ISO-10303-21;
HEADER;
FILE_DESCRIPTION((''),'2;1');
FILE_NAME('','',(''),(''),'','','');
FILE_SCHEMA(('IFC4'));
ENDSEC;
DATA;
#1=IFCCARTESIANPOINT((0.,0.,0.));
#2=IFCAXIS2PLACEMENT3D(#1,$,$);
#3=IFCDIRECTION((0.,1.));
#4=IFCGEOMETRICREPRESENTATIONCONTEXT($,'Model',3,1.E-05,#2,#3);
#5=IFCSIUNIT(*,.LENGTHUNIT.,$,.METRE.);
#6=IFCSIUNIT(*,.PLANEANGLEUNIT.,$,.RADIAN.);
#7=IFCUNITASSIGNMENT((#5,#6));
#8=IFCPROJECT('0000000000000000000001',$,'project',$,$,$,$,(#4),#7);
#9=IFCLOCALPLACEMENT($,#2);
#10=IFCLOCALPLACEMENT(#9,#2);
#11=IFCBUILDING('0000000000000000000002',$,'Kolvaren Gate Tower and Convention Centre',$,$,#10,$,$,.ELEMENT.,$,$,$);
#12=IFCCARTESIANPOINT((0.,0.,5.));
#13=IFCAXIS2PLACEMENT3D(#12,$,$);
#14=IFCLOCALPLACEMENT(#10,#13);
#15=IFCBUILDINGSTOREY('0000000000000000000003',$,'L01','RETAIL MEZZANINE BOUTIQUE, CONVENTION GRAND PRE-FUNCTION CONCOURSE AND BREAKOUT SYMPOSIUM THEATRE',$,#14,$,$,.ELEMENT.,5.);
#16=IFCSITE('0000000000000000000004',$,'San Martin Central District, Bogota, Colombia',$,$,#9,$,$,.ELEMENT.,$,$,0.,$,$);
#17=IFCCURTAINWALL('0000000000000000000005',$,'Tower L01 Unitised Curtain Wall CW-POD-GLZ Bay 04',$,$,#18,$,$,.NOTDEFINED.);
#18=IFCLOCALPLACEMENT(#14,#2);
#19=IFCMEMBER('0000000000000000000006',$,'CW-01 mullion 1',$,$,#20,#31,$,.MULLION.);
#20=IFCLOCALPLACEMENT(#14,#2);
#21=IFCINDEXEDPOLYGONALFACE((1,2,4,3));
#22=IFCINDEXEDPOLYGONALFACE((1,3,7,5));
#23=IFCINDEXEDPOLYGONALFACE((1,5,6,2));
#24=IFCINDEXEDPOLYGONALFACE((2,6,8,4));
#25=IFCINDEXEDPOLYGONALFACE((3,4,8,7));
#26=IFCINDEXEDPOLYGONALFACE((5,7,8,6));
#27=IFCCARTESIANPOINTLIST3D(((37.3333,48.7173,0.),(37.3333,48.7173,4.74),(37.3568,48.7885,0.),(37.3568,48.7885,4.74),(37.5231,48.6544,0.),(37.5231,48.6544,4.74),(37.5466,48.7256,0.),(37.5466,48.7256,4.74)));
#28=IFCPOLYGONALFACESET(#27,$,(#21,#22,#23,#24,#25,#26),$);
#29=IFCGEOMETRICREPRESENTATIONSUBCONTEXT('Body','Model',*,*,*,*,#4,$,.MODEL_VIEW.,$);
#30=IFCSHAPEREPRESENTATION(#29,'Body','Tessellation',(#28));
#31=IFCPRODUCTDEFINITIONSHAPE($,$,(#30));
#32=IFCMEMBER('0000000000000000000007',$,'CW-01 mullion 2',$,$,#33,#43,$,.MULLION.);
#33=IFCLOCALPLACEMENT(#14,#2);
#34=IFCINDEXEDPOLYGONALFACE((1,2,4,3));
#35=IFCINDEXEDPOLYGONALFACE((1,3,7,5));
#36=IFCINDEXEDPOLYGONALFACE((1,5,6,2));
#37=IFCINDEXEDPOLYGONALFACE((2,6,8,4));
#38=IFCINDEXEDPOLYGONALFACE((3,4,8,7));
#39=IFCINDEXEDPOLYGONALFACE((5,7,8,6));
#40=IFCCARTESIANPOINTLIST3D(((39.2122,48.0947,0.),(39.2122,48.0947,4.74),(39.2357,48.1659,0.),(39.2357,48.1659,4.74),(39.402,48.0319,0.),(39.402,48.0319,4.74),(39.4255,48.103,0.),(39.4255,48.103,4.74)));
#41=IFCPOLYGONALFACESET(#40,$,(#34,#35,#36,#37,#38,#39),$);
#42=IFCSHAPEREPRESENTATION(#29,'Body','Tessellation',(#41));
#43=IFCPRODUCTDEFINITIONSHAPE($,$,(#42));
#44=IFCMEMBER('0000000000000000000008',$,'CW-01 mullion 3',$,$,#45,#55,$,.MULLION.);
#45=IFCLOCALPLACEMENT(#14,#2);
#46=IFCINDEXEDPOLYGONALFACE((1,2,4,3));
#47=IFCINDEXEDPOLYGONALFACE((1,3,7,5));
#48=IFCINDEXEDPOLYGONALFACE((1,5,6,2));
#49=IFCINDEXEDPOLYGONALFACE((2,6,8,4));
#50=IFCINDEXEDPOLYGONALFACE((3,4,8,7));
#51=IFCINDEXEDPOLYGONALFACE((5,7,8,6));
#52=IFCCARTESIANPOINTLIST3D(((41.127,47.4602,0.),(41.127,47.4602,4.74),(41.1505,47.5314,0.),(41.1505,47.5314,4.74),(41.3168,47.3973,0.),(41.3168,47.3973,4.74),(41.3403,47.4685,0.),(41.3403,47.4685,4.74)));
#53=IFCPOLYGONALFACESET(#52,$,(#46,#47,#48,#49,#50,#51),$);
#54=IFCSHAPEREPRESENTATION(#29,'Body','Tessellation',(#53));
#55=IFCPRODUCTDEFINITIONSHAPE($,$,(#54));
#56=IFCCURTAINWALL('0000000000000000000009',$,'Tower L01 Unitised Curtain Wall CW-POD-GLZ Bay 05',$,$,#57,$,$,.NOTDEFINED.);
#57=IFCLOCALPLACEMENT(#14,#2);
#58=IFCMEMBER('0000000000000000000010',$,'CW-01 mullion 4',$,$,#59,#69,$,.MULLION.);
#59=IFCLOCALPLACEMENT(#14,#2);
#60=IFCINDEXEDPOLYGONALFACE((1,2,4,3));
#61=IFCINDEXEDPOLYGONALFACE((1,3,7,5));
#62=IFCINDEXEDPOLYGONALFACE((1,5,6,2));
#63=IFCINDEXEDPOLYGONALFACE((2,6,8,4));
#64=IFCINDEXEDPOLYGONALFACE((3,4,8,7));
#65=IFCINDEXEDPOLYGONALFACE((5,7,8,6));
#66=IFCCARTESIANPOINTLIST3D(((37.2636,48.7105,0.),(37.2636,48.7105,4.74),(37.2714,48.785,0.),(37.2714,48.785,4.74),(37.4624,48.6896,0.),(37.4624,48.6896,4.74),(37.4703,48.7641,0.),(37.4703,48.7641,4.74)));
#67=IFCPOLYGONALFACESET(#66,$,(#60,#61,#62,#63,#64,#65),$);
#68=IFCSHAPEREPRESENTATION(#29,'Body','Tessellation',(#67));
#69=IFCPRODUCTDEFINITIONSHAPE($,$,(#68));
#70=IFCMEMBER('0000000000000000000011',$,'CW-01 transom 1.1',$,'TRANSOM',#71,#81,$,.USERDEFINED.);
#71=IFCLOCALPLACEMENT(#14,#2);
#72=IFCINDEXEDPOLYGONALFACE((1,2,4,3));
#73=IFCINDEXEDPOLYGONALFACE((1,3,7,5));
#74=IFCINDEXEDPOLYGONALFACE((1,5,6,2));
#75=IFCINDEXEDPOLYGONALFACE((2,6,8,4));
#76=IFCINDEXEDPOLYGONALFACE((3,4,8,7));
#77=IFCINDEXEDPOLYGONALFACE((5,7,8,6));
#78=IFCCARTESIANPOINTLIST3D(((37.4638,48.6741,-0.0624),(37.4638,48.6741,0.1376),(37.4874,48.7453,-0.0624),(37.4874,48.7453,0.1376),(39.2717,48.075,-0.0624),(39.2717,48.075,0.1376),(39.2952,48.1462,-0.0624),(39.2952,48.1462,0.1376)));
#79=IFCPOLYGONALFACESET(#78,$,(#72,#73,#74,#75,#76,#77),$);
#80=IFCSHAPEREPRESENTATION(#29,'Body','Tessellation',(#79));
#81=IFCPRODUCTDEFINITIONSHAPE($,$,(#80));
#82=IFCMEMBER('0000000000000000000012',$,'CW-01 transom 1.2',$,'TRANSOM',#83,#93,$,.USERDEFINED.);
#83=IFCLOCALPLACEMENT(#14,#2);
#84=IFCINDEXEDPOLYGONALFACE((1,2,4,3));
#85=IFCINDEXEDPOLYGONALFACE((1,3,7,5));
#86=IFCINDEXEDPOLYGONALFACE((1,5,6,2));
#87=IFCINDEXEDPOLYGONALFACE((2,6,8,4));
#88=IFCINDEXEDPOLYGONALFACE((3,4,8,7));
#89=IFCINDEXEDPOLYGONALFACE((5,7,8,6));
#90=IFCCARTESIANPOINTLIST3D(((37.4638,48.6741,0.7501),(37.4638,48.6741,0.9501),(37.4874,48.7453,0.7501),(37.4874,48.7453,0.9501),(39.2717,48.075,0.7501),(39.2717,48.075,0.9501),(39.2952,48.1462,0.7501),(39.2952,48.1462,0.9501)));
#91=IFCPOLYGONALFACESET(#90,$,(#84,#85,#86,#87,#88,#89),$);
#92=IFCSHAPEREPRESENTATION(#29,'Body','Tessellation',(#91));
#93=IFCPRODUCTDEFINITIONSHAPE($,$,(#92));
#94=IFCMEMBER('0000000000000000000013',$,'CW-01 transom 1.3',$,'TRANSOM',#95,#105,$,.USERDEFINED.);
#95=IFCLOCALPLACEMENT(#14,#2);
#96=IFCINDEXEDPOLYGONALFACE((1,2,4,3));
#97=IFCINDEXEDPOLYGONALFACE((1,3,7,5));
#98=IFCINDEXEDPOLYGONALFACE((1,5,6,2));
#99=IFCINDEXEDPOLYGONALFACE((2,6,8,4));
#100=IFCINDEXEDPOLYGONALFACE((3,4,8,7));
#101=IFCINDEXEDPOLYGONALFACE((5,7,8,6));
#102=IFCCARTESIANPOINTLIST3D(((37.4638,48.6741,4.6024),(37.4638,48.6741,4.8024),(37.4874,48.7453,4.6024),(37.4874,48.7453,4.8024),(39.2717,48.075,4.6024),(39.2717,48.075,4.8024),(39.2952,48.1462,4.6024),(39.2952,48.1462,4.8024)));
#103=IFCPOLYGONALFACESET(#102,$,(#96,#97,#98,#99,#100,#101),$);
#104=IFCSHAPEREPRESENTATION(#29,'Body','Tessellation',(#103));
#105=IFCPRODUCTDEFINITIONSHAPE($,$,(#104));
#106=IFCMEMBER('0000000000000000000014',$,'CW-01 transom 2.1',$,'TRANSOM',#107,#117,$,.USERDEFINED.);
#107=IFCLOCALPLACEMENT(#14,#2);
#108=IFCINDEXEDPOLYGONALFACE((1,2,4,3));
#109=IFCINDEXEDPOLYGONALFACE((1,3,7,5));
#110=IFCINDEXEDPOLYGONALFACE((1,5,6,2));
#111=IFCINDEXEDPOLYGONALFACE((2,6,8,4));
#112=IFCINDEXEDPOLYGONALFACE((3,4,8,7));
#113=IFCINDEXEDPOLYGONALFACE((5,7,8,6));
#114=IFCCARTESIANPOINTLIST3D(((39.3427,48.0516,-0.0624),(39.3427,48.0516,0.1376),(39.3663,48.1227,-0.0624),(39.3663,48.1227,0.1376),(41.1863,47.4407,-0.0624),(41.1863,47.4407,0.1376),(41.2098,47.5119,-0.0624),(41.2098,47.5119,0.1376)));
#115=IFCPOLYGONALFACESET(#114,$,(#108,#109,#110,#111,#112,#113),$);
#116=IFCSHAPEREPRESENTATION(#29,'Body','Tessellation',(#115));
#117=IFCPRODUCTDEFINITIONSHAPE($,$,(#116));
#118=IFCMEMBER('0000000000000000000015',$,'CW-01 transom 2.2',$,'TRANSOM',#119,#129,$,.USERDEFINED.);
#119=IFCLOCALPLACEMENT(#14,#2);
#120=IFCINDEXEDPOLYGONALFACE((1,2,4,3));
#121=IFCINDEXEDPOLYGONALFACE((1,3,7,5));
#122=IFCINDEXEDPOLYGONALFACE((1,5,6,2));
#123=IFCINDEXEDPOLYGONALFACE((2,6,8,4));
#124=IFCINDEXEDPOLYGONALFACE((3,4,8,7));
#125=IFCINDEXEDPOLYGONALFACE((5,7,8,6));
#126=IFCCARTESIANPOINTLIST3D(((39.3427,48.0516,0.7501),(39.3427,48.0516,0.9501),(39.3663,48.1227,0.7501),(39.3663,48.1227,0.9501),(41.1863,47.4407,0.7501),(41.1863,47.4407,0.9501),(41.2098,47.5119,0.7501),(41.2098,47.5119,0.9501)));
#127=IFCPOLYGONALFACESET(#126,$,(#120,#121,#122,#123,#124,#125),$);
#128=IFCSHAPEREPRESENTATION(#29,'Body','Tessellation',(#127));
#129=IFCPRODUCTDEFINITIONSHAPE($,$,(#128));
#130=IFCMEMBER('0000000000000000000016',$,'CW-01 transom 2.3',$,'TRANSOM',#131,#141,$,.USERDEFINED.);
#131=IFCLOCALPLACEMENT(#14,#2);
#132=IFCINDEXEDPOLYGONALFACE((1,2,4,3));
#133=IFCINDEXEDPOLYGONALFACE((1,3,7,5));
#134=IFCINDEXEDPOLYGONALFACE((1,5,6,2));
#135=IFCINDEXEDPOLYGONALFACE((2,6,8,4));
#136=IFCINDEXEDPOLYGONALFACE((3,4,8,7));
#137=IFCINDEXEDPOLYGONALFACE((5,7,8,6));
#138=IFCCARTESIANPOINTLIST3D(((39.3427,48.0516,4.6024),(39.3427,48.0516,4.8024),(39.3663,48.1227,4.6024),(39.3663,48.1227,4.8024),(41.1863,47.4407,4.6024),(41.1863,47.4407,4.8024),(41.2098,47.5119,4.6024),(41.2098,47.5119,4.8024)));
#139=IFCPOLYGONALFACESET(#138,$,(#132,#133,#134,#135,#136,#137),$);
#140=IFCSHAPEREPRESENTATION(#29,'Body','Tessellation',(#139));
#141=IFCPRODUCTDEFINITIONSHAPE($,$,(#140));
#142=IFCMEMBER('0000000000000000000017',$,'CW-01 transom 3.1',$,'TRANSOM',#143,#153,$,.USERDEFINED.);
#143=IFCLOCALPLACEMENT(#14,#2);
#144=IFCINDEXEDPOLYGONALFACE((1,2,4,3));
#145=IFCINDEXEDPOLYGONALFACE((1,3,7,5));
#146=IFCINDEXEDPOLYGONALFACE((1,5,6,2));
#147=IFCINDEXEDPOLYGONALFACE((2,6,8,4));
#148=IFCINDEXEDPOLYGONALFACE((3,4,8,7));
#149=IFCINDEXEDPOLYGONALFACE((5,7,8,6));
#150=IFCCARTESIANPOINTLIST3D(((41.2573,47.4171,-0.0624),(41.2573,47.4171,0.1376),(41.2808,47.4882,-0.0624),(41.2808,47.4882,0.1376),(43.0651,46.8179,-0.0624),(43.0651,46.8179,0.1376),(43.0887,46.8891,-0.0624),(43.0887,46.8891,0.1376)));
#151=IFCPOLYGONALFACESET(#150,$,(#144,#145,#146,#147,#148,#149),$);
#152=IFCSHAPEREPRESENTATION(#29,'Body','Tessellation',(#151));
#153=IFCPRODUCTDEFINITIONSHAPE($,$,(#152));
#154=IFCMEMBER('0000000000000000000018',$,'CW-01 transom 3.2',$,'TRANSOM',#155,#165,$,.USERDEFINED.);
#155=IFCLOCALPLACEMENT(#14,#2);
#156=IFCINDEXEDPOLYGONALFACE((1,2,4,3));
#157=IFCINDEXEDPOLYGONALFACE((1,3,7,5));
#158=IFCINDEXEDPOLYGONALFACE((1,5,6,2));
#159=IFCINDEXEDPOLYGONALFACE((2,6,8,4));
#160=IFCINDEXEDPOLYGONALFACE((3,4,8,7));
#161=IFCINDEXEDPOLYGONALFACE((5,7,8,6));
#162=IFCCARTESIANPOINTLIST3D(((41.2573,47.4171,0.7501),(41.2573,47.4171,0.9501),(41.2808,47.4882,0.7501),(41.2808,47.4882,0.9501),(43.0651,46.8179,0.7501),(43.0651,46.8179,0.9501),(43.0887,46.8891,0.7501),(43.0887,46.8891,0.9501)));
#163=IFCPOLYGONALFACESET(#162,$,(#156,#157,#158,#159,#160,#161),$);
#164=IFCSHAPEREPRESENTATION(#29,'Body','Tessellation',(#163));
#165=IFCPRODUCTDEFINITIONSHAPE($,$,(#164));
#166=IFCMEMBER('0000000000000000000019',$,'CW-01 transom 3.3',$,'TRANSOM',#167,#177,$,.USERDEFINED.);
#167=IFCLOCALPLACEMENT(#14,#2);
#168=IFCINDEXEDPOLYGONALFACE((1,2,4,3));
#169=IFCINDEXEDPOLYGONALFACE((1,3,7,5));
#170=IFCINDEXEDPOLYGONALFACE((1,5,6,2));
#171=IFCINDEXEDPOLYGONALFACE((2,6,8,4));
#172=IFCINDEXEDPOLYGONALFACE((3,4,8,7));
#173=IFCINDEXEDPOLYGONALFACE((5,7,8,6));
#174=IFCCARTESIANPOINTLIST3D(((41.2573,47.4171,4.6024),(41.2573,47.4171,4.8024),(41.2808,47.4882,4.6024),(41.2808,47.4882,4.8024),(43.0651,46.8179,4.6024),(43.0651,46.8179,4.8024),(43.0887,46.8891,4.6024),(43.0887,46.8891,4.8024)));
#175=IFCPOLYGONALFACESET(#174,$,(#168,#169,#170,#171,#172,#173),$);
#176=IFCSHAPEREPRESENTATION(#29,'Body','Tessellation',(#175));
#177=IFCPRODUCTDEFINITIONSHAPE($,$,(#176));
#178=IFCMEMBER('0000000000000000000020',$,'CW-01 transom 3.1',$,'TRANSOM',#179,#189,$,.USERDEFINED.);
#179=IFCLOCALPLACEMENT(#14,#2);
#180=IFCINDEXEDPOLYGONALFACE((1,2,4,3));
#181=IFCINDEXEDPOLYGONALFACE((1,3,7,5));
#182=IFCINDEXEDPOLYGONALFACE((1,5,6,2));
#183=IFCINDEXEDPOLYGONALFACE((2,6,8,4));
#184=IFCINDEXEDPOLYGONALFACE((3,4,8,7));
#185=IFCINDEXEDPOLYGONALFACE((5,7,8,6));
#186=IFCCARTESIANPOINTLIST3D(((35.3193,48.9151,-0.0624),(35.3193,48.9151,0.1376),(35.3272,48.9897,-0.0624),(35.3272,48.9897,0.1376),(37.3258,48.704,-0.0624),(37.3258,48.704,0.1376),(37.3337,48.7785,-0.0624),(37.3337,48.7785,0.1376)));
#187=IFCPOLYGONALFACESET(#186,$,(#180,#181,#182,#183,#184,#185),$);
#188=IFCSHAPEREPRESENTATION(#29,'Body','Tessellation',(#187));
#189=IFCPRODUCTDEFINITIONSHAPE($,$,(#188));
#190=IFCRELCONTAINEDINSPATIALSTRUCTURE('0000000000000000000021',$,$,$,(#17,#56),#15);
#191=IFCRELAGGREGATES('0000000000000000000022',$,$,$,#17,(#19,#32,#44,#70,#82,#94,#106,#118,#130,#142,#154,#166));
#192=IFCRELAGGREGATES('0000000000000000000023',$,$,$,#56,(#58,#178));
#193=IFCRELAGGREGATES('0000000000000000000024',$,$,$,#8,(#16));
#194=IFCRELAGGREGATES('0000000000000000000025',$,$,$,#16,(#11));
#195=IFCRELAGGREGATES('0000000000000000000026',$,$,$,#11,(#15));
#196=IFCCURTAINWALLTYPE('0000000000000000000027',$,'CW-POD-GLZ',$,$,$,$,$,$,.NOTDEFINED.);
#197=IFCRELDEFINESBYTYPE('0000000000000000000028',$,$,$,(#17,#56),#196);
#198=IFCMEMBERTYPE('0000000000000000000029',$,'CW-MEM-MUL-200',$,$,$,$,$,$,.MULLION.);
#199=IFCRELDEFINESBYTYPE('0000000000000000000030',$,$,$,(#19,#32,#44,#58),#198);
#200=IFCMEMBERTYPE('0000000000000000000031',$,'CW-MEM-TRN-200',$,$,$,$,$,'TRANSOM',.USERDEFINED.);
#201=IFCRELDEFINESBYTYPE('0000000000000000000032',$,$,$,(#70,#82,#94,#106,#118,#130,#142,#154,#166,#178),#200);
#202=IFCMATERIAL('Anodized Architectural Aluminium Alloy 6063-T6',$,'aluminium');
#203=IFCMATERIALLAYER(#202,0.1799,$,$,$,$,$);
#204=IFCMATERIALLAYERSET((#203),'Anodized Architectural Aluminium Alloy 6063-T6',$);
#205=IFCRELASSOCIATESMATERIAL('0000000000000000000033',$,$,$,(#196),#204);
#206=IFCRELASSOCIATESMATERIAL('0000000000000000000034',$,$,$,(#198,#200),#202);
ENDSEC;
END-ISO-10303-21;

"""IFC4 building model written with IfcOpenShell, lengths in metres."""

from ifc_helpers import new_model, si_unit, direction, frame, origin, origin_2d, place, context, subcontext, project, spatial, rectangle, extrude, material, layer, layer_set, material_profile, profile_set, type_object, element, aggregate, save


model = new_model("IFC4")

# Units and contexts
model_context = context("Model", 3, precision=1e-05, world=origin(), true_north=direction((0.0, 1.0)))
body_context = subcontext(model_context, "Body", "Model", "MODEL_VIEW")
ifc_project = project(units=[si_unit("LENGTHUNIT", "METRE"), si_unit("PLANEANGLEUNIT", "RADIAN")], contexts=[model_context])

# Site, building, storey
site_placement = place(None, origin())
site = spatial("IfcSite", under=ifc_project, at=site_placement, Name="San Martin Central District, Bogota, Colombia", CompositionType="ELEMENT", RefElevation=0.0)
building_placement = place(site_placement, origin())
building = spatial("IfcBuilding", under=site, at=building_placement, Name="Kolvaren Gate Tower and Convention Centre", CompositionType="ELEMENT")
storey_placement = place(building_placement, frame((0.0, 0.0, 5.0)))
storey = spatial("IfcBuildingStorey", under=building, at=storey_placement, Name="L01", Description="RETAIL MEZZANINE BOUTIQUE, CONVENTION GRAND PRE-FUNCTION CONCOURSE AND BREAKOUT SYMPOSIUM THEATRE", CompositionType="ELEMENT", Elevation=5.0)

# Curtain wall, members
ifc_material_1 = material(Name="Anodized Architectural Aluminium Alloy 6063-T6", Category="aluminium")
ifc_layer_1 = layer(ifc_material_1, 0.1799)
ifc_layer_set_1 = layer_set([ifc_layer_1], Name="Anodized Architectural Aluminium Alloy 6063-T6")
curtain_wall_type = type_object("IfcCurtainWallType", Name="CW-POD-GLZ", PredefinedType="NOTDEFINED", material=ifc_layer_set_1)
curtain_wall_1_placement = place(storey_placement, origin())
curtain_wall_1 = element("IfcCurtainWall", 1, at=curtain_wall_1_placement, inside=storey, type_object=curtain_wall_type, Name="Tower L01 Unitised Curtain Wall CW-POD-GLZ Bay 04", PredefinedType="NOTDEFINED")
ifc_material_profile_1 = material_profile(ifc_material_1, rectangle(XDim=0.075, YDim=0.2, at=origin_2d()), Name="CW-MEM-MUL-200")
ifc_profile_set_1 = profile_set([ifc_material_profile_1], Name="Anodized Architectural Aluminium Alloy 6063-T6")
member_type_1 = type_object("IfcMemberType", Name="CW-MEM-MUL-200", PredefinedType="MULLION", material=ifc_profile_set_1)
member_1_placement = place(storey_placement, frame((37.4399, 48.7214, 0.0), z_axis=(0.0, 0.0, 1.0), x_axis=(0.314542, 0.949244, 0.0)))
member_1 = element("IfcMember", 2, at=member_1_placement, type_object=member_type_1, Name="CW-01 mullion 1", PredefinedType="MULLION", context=body_context, shape_type="SweptSolid", body=[
    extrude(rectangle(XDim=0.075, YDim=0.2, at=origin_2d()), origin(), (0.0, 0.0, 1.0), 4.74),
])
member_2_placement = place(storey_placement, frame((39.3188, 48.0989, 0.0), z_axis=(0.0, 0.0, 1.0), x_axis=(0.314542, 0.949244, 0.0)))
member_2 = element("IfcMember", 3, at=member_2_placement, type_object=member_type_1, Name="CW-01 mullion 2", PredefinedType="MULLION", context=body_context, shape_type="SweptSolid", body=[
    extrude(rectangle(XDim=0.075, YDim=0.2, at=origin_2d()), origin(), (0.0, 0.0, 1.0), 4.74),
])
member_3_placement = place(storey_placement, frame((41.2336, 47.4644, 0.0), z_axis=(0.0, 0.0, 1.0), x_axis=(0.314542, 0.949244, 0.0)))
member_3 = element("IfcMember", 4, at=member_3_placement, type_object=member_type_1, Name="CW-01 mullion 3", PredefinedType="MULLION", context=body_context, shape_type="SweptSolid", body=[
    extrude(rectangle(XDim=0.075, YDim=0.2, at=origin_2d()), origin(), (0.0, 0.0, 1.0), 4.74),
])

# Curtain wall, member
curtain_wall_2_placement = place(storey_placement, origin())
curtain_wall_2 = element("IfcCurtainWall", 5, at=curtain_wall_2_placement, inside=storey, type_object=curtain_wall_type, Name="Tower L01 Unitised Curtain Wall CW-POD-GLZ Bay 05", PredefinedType="NOTDEFINED")
member_4_placement = place(storey_placement, frame((37.3669, 48.7373, 0.0), z_axis=(0.0, 0.0, 1.0), x_axis=(0.104748, 0.994499, 0.0)))
member_4 = element("IfcMember", 6, at=member_4_placement, type_object=member_type_1, Name="CW-01 mullion 4", PredefinedType="MULLION", context=body_context, shape_type="SweptSolid", body=[
    extrude(rectangle(XDim=0.075, YDim=0.2, at=origin_2d()), origin(), (0.0, 0.0, 1.0), 4.74),
])

# Members
ifc_material_profile_2 = material_profile(ifc_material_1, rectangle(XDim=0.075, YDim=0.2, at=origin_2d()), Name="CW-MEM-TRN-200")
ifc_profile_set_2 = profile_set([ifc_material_profile_2], Name="Anodized Architectural Aluminium Alloy 6063-T6")
member_type_2 = type_object("IfcMemberType", Name="CW-MEM-TRN-200", ElementType="TRANSOM", PredefinedType="USERDEFINED", material=ifc_profile_set_2)
member_5_placement = place(storey_placement, frame((37.4756, 48.7097, 0.0376), z_axis=(0.949233, -0.314574, 0.0), x_axis=(0.314574, 0.949233, 0.0)))
member_5 = element("IfcMember", 7, at=member_5_placement, type_object=member_type_2, Name="CW-01 transom 1.1", ObjectType="TRANSOM", PredefinedType="USERDEFINED", context=body_context, shape_type="SweptSolid", body=[
    extrude(rectangle(XDim=0.075, YDim=0.2, at=origin_2d()), origin(), (0.0, 0.0, 1.0), 1.9045),
])
member_6_placement = place(storey_placement, frame((37.4756, 48.7097, 0.8501), z_axis=(0.949233, -0.314574, 0.0), x_axis=(0.314574, 0.949233, 0.0)))
member_6 = element("IfcMember", 8, at=member_6_placement, type_object=member_type_2, Name="CW-01 transom 1.2", ObjectType="TRANSOM", PredefinedType="USERDEFINED", context=body_context, shape_type="SweptSolid", body=[
    extrude(rectangle(XDim=0.075, YDim=0.2, at=origin_2d()), origin(), (0.0, 0.0, 1.0), 1.9045),
])
member_7_placement = place(storey_placement, frame((37.4756, 48.7097, 4.7024), z_axis=(0.949233, -0.314574, 0.0), x_axis=(0.314574, 0.949233, 0.0)))
member_7 = element("IfcMember", 9, at=member_7_placement, type_object=member_type_2, Name="CW-01 transom 1.3", ObjectType="TRANSOM", PredefinedType="USERDEFINED", context=body_context, shape_type="SweptSolid", body=[
    extrude(rectangle(XDim=0.075, YDim=0.2, at=origin_2d()), origin(), (0.0, 0.0, 1.0), 1.9045),
])
member_8_placement = place(storey_placement, frame((39.3545, 48.0872, 0.0376), z_axis=(0.949247, -0.31453, 0.0), x_axis=(0.31453, 0.949247, 0.0)))
member_8 = element("IfcMember", 10, at=member_8_placement, type_object=member_type_2, Name="CW-01 transom 2.1", ObjectType="TRANSOM", PredefinedType="USERDEFINED", context=body_context, shape_type="SweptSolid", body=[
    extrude(rectangle(XDim=0.075, YDim=0.2, at=origin_2d()), origin(), (0.0, 0.0, 1.0), 1.9421),
])
member_9_placement = place(storey_placement, frame((39.3545, 48.0872, 0.8501), z_axis=(0.949247, -0.31453, 0.0), x_axis=(0.31453, 0.949247, 0.0)))
member_9 = element("IfcMember", 11, at=member_9_placement, type_object=member_type_2, Name="CW-01 transom 2.2", ObjectType="TRANSOM", PredefinedType="USERDEFINED", context=body_context, shape_type="SweptSolid", body=[
    extrude(rectangle(XDim=0.075, YDim=0.2, at=origin_2d()), origin(), (0.0, 0.0, 1.0), 1.9421),
])
member_10_placement = place(storey_placement, frame((39.3545, 48.0872, 4.7024), z_axis=(0.949247, -0.31453, 0.0), x_axis=(0.31453, 0.949247, 0.0)))
member_10 = element("IfcMember", 12, at=member_10_placement, type_object=member_type_2, Name="CW-01 transom 2.3", ObjectType="TRANSOM", PredefinedType="USERDEFINED", context=body_context, shape_type="SweptSolid", body=[
    extrude(rectangle(XDim=0.075, YDim=0.2, at=origin_2d()), origin(), (0.0, 0.0, 1.0), 1.9421),
])
member_11_placement = place(storey_placement, frame((41.269, 47.4526, 0.0376), z_axis=(0.949233, -0.314574, 0.0), x_axis=(0.314574, 0.949233, 0.0)))
member_11 = element("IfcMember", 13, at=member_11_placement, type_object=member_type_2, Name="CW-01 transom 3.1", ObjectType="TRANSOM", PredefinedType="USERDEFINED", context=body_context, shape_type="SweptSolid", body=[
    extrude(rectangle(XDim=0.075, YDim=0.2, at=origin_2d()), origin(), (0.0, 0.0, 1.0), 1.9045),
])
member_12_placement = place(storey_placement, frame((41.269, 47.4526, 0.8501), z_axis=(0.949233, -0.314574, 0.0), x_axis=(0.314574, 0.949233, 0.0)))
member_12 = element("IfcMember", 14, at=member_12_placement, type_object=member_type_2, Name="CW-01 transom 3.2", ObjectType="TRANSOM", PredefinedType="USERDEFINED", context=body_context, shape_type="SweptSolid", body=[
    extrude(rectangle(XDim=0.075, YDim=0.2, at=origin_2d()), origin(), (0.0, 0.0, 1.0), 1.9045),
])
member_13_placement = place(storey_placement, frame((41.269, 47.4526, 4.7024), z_axis=(0.949233, -0.314574, 0.0), x_axis=(0.314574, 0.949233, 0.0)))
member_13 = element("IfcMember", 15, at=member_13_placement, type_object=member_type_2, Name="CW-01 transom 3.3", ObjectType="TRANSOM", PredefinedType="USERDEFINED", context=body_context, shape_type="SweptSolid", body=[
    extrude(rectangle(XDim=0.075, YDim=0.2, at=origin_2d()), origin(), (0.0, 0.0, 1.0), 1.9045),
])
member_14_placement = place(storey_placement, frame((35.3232, 48.9524, 0.0376), z_axis=(0.994507, -0.104666, 0.0), x_axis=(0.104666, 0.994507, 0.0)))
member_14 = element("IfcMember", 16, at=member_14_placement, type_object=member_type_2, Name="CW-01 transom 3.1", ObjectType="TRANSOM", PredefinedType="USERDEFINED", context=body_context, shape_type="SweptSolid", body=[
    extrude(rectangle(XDim=0.075, YDim=0.2, at=origin_2d()), origin(), (0.0, 0.0, 1.0), 2.0176),
])

aggregate(curtain_wall_1, [member_1, member_2, member_3, member_5, member_6, member_7, member_8, member_9, member_10, member_11, member_12, member_13])
aggregate(curtain_wall_2, [member_4, member_14])

save(model, "model.ifc")
